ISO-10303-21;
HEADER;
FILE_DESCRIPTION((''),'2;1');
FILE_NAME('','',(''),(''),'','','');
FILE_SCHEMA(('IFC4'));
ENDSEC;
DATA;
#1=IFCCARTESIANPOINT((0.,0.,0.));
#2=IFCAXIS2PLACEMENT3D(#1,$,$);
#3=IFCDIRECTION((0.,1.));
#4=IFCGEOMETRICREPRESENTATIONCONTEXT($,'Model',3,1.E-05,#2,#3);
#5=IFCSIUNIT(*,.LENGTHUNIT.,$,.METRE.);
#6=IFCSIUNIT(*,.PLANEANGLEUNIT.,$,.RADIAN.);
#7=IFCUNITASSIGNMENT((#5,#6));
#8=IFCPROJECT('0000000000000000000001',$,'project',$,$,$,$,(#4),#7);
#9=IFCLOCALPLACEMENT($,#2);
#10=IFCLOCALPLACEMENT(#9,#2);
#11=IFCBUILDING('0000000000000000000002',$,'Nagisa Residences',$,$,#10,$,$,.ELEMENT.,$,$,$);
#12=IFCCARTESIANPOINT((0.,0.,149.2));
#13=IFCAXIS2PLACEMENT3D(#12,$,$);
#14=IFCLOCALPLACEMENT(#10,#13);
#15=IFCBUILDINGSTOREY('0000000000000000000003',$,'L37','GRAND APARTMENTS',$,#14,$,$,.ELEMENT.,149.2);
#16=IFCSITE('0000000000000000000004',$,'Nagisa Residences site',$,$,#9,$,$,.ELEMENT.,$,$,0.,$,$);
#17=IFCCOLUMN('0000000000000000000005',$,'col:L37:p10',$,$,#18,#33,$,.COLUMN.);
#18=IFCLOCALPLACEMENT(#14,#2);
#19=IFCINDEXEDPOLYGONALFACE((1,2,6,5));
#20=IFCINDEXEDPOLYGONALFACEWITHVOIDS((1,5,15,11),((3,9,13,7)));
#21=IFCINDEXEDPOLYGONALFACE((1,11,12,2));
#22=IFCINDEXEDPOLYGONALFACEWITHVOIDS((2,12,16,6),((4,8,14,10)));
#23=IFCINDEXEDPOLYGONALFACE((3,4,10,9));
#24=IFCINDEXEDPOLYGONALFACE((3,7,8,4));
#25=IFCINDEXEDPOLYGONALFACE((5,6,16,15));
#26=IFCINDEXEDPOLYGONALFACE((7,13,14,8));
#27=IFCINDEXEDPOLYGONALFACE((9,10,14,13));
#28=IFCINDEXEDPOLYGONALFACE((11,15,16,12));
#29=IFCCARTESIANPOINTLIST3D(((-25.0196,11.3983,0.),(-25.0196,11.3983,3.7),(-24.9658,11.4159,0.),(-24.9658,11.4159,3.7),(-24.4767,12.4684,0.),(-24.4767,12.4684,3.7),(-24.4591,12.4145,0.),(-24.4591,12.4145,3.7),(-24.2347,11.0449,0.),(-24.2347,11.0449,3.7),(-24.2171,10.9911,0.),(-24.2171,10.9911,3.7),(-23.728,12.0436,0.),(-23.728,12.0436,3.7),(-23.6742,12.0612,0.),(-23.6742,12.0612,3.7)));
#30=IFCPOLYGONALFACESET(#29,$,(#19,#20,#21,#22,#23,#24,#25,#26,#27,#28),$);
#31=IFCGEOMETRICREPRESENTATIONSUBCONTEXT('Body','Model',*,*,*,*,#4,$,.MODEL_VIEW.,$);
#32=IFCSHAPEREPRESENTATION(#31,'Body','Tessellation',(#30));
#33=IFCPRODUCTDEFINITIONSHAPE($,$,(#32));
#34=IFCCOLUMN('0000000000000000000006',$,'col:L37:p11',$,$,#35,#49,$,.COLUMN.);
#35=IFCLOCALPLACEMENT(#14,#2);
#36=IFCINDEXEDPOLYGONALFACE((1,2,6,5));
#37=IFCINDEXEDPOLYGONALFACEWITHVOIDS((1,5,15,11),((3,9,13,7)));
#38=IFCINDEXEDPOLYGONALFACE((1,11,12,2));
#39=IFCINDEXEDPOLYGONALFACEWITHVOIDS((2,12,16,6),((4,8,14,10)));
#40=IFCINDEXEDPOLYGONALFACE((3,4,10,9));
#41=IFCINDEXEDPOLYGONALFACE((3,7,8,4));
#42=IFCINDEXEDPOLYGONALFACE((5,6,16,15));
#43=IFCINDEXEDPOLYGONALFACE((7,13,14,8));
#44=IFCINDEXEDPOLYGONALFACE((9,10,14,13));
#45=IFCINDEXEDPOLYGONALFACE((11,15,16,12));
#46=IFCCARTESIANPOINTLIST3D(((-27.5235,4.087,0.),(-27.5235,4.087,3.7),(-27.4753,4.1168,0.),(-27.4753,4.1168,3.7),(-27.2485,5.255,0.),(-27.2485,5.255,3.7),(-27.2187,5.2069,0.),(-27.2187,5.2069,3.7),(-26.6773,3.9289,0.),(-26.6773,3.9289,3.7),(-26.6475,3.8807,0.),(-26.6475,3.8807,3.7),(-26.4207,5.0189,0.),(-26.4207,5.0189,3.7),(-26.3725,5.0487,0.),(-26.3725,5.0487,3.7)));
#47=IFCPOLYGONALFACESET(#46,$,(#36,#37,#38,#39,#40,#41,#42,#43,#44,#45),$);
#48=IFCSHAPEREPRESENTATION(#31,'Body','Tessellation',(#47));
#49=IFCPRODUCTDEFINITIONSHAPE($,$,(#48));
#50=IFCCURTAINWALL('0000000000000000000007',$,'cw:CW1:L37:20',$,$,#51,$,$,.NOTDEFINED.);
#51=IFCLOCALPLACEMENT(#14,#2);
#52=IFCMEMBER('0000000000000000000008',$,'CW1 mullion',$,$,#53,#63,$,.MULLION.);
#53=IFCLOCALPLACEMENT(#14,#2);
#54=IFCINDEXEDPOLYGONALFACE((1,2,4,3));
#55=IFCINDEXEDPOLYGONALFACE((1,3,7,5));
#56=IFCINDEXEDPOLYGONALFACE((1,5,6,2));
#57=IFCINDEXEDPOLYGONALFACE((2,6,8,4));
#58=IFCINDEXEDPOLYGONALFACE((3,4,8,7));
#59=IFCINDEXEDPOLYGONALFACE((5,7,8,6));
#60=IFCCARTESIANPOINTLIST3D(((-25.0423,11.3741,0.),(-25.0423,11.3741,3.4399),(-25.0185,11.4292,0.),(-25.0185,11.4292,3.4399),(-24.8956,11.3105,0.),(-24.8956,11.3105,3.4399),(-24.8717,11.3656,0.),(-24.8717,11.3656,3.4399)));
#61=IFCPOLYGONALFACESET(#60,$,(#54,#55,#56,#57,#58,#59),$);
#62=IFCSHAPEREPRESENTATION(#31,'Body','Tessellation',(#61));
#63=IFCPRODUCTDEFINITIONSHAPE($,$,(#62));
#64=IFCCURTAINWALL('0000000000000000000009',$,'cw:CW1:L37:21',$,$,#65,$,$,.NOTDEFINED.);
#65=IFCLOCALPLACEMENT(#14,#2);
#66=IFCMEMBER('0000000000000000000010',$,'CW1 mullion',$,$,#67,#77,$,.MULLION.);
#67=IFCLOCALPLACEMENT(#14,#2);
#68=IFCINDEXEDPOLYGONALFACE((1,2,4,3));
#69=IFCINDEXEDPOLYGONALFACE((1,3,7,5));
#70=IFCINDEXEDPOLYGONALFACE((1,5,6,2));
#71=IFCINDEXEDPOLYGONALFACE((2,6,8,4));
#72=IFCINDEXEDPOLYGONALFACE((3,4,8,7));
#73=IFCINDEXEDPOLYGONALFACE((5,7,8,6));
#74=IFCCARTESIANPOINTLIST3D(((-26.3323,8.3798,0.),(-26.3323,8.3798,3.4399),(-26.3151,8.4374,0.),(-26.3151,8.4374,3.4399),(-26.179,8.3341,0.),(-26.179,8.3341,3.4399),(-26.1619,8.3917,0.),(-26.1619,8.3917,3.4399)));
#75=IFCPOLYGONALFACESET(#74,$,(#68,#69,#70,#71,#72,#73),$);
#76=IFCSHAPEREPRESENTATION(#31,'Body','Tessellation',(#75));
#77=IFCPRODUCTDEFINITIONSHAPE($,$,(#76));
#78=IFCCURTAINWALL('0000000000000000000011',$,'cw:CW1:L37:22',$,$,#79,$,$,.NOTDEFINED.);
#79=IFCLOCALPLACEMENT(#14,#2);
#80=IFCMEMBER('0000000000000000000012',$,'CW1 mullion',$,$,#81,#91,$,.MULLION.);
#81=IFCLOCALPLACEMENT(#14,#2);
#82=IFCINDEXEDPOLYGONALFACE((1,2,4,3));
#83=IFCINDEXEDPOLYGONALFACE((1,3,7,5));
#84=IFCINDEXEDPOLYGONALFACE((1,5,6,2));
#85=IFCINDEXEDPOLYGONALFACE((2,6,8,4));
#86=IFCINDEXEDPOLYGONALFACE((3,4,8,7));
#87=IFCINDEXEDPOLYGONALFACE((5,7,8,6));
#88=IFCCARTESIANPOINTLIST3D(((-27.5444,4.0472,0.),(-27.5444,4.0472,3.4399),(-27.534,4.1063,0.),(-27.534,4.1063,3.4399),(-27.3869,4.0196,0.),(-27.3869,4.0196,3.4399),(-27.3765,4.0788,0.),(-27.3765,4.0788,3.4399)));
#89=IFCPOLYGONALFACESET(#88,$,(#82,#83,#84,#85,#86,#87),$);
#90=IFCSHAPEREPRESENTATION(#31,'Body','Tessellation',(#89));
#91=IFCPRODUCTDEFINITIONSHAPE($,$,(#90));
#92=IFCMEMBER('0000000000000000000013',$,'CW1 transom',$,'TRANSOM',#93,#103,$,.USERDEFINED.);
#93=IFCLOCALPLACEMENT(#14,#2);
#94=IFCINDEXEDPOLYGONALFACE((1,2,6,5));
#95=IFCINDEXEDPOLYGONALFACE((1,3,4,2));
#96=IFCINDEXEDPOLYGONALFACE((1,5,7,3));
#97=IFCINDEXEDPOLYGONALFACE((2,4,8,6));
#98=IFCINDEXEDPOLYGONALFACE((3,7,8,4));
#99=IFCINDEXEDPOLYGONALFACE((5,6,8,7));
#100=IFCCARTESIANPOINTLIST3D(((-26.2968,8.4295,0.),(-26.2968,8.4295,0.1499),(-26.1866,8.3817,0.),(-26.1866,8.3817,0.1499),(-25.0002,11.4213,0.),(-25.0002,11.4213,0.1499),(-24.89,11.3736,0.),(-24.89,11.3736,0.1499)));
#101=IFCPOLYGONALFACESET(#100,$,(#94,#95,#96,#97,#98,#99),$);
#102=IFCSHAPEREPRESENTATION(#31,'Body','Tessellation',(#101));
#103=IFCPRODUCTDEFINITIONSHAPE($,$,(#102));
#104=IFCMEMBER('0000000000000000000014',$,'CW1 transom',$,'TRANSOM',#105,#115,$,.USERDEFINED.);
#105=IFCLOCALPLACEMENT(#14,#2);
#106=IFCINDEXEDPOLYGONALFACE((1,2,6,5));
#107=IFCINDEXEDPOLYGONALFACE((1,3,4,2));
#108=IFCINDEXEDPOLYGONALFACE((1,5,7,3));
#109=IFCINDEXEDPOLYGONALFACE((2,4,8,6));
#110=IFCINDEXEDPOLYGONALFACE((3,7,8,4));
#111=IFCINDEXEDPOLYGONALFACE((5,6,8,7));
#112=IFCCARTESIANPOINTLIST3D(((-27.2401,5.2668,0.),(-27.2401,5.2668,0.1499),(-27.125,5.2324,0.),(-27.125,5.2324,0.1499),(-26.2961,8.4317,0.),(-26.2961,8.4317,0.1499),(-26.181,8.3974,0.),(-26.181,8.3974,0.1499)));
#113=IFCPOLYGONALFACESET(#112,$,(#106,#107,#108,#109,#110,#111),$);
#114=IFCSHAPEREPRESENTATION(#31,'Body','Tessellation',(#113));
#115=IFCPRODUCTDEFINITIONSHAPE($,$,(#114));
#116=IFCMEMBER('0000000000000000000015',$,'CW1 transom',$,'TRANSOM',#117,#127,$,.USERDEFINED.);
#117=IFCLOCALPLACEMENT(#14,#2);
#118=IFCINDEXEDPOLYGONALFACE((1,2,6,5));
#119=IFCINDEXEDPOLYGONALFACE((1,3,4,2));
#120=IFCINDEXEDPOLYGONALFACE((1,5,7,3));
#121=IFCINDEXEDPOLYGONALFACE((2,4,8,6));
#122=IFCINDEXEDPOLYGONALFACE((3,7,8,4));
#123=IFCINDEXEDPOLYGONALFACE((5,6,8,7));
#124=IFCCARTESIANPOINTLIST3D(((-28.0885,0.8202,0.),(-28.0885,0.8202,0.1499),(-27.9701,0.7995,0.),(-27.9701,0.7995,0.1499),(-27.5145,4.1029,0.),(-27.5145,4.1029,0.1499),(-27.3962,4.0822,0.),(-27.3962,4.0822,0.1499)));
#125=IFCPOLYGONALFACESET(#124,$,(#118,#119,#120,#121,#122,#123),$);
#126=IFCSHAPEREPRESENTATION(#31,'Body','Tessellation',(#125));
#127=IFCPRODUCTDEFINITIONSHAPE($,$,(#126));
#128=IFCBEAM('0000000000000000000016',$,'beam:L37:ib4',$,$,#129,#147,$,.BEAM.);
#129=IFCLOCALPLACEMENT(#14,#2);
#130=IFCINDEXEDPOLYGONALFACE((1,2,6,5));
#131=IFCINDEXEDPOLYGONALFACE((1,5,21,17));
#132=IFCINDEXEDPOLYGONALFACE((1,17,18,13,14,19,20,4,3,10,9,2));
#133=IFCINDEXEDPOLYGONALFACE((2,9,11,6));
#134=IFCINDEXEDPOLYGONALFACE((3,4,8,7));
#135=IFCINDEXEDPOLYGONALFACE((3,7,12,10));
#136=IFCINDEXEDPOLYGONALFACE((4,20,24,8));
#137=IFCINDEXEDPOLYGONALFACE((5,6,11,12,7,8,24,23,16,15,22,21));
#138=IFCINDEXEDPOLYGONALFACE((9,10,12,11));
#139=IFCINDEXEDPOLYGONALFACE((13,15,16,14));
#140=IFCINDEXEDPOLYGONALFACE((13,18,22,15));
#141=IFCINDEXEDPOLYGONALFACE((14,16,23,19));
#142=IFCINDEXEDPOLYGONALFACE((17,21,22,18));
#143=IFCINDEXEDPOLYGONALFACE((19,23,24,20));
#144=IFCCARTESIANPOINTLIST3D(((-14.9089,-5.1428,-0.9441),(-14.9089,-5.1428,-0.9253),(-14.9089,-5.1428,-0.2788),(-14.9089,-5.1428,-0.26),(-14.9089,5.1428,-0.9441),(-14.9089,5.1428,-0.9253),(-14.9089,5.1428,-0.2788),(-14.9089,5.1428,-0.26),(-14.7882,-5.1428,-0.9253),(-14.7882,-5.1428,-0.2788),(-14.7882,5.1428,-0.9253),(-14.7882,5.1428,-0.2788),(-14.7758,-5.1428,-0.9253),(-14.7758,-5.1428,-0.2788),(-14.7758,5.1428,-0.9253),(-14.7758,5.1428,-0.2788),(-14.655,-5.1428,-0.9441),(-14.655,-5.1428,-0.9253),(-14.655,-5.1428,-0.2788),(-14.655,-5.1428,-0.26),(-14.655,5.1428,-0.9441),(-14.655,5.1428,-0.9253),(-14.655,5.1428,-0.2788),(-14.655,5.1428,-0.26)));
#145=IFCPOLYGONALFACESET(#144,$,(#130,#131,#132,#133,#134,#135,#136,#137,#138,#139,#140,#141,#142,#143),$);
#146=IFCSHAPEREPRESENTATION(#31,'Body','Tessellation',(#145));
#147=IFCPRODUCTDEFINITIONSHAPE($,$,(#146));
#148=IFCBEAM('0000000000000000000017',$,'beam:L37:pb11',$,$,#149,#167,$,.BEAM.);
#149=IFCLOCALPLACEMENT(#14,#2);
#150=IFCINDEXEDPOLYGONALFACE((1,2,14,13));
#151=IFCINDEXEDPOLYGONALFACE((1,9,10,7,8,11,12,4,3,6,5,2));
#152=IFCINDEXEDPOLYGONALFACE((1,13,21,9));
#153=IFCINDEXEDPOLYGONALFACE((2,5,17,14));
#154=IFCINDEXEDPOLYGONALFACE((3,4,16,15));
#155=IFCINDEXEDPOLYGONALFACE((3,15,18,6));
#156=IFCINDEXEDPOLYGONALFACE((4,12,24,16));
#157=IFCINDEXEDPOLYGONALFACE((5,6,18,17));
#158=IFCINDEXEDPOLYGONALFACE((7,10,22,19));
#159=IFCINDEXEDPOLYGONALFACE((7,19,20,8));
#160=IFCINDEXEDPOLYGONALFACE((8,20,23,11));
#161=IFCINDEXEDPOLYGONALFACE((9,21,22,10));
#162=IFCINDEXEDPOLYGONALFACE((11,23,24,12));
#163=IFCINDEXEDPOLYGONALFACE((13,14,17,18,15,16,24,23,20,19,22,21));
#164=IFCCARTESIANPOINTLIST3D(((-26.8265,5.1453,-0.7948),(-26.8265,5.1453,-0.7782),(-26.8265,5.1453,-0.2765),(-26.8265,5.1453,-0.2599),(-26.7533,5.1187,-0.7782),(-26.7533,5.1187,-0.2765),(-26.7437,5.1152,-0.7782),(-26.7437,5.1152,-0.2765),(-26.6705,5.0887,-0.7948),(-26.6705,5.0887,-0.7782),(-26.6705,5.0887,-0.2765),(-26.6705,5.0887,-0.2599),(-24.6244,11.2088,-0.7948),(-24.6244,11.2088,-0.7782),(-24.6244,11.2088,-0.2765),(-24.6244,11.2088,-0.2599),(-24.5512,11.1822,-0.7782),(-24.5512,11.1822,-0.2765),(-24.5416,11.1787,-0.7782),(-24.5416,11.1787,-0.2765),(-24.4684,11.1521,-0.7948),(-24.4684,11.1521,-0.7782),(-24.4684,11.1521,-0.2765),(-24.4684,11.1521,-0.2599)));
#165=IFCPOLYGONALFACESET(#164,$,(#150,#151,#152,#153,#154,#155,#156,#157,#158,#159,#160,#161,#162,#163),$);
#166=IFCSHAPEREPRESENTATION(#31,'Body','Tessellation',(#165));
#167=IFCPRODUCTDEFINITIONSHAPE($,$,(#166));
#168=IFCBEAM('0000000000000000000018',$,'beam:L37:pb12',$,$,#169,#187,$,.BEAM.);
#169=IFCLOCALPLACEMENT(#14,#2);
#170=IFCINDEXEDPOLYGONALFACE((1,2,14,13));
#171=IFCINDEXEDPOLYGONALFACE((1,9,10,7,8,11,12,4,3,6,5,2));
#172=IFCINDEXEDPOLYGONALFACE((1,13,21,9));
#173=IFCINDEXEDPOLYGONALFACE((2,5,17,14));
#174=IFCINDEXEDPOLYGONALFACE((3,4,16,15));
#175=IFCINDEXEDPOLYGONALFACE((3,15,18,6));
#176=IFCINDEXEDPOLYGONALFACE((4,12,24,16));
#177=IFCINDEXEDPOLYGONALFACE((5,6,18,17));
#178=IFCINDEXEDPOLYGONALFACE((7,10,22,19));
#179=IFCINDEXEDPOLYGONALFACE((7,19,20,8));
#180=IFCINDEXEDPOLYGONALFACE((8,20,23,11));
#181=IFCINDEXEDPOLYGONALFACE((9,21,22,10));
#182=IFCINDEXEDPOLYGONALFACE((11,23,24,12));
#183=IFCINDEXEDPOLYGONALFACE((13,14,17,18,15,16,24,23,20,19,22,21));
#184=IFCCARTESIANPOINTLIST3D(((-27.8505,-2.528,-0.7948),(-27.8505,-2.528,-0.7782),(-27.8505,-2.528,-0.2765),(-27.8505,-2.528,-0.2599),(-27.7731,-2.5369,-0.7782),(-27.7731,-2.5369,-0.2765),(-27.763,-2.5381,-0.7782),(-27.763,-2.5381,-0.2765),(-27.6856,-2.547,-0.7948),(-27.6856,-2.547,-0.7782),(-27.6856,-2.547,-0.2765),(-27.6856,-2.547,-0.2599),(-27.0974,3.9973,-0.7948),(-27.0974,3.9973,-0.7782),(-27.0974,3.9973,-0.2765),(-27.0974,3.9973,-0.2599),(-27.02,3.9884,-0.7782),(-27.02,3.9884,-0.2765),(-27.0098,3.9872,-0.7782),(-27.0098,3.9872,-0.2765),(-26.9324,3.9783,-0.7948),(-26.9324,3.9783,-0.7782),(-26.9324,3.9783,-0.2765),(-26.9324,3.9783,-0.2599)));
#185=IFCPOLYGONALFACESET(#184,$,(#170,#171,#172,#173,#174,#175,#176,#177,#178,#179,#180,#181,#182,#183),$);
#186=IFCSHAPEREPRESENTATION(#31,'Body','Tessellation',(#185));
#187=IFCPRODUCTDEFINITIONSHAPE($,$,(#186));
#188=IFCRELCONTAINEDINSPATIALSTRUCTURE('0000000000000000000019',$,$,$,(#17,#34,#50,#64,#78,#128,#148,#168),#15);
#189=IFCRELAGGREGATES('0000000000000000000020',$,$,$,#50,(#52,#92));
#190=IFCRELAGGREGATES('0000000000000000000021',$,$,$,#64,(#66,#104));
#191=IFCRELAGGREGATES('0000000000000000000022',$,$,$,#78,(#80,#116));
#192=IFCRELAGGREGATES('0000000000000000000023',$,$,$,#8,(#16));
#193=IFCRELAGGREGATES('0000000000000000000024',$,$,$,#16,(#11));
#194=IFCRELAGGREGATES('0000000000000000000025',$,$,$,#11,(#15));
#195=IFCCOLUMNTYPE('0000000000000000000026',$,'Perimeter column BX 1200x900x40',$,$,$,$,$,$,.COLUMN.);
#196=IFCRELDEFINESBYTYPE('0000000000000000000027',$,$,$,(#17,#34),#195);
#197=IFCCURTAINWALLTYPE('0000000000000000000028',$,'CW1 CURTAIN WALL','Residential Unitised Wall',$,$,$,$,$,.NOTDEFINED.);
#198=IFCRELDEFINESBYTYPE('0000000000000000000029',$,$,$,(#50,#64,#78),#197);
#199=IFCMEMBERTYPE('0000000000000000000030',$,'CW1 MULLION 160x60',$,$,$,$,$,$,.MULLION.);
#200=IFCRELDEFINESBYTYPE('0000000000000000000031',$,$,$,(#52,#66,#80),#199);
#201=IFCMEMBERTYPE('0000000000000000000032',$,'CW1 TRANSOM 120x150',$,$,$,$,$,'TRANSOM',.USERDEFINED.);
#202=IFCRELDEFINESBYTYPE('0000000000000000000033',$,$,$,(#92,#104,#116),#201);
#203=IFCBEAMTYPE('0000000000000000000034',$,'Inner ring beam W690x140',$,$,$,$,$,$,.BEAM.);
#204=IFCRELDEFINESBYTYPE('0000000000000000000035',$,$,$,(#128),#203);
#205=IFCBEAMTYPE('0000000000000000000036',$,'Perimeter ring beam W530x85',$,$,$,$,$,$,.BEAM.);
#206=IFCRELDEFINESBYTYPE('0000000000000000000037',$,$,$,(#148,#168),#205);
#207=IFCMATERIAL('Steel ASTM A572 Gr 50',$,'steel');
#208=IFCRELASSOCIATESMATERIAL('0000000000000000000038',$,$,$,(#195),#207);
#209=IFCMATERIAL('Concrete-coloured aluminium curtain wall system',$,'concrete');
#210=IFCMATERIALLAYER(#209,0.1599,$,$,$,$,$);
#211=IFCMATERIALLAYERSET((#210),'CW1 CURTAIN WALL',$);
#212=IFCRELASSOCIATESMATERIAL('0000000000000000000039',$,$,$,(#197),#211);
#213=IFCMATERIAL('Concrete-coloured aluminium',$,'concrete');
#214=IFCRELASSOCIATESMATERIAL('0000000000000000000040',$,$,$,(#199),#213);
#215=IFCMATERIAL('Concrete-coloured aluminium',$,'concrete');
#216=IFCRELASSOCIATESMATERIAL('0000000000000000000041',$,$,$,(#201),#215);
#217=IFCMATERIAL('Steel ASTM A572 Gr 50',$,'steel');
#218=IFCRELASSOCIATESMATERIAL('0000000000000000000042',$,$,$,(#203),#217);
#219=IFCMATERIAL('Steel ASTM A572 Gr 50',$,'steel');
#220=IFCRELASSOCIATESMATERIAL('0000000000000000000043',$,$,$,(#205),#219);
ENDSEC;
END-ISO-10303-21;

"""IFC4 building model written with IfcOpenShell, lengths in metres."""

from ifc_helpers import new_model, si_unit, direction, frame, origin, origin_2d, place, context, subcontext, project, spatial, rectangle, hollow_rectangle, i_section, extrude, material, layer, layer_set, material_profile, profile_set, type_object, element, aggregate, save


model = new_model("IFC4")

# Units and contexts
model_context = context("Model", 3, precision=1e-05, world=origin(), true_north=direction((0.0, 1.0)))
body_context = subcontext(model_context, "Body", "Model", "MODEL_VIEW")
ifc_project = project(units=[si_unit("LENGTHUNIT", "METRE"), si_unit("PLANEANGLEUNIT", "RADIAN")], contexts=[model_context])

# Site, building, storey
site_placement = place(None, origin())
site = spatial("IfcSite", under=ifc_project, at=site_placement, Name="Nagisa Residences site", CompositionType="ELEMENT", RefElevation=0.0)
building_placement = place(site_placement, origin())
building = spatial("IfcBuilding", under=site, at=building_placement, Name="Nagisa Residences", CompositionType="ELEMENT")
storey_placement = place(building_placement, frame((0.0, 0.0, 149.2)))
storey = spatial("IfcBuildingStorey", under=building, at=storey_placement, Name="L37", Description="GRAND APARTMENTS", CompositionType="ELEMENT", Elevation=149.2)

# Columns
ifc_material_1 = material(Name="Steel ASTM A572 Gr 50", Category="steel")
ifc_material_profile_1 = material_profile(ifc_material_1, hollow_rectangle(XDim=1.2, YDim=0.8999, WallThickness=0.04, at=origin_2d()), Name="BX 1200x900x40")
ifc_profile_set_1 = profile_set([ifc_material_profile_1], Name="Steel ASTM A572 Gr 50")
column_type = type_object("IfcColumnType", Name="Perimeter column BX 1200x900x40", PredefinedType="COLUMN", material=ifc_profile_set_1)
for number, where, z_axis, x_axis, name in (
    (1, (-24.3469, 11.7297, 0.0), (0.0, 0.0, 1.0), (-0.452463, -0.891783, 0.0), "col:L37:p10"),
    (2, (-26.948, 4.5679, 0.0), (0.0, 0.0, 1.0), (-0.229202, -0.973379, 0.0), "col:L37:p11"),
):
    element("IfcColumn", number, at=place(storey_placement, frame(where, z_axis=z_axis, x_axis=x_axis)), inside=storey, type_object=column_type, Name=name, PredefinedType="COLUMN", context=body_context, shape_type="SweptSolid", body=[
        extrude(hollow_rectangle(XDim=1.2, YDim=0.8999, WallThickness=0.04, at=origin_2d()), origin(), (0.0, 0.0, 1.0), 3.7),
    ])

# Curtain walls, members
ifc_material_2 = material(Name="Concrete-coloured aluminium curtain wall system", Category="concrete")
ifc_layer_1 = layer(ifc_material_2, 0.1599)
ifc_layer_set_1 = layer_set([ifc_layer_1], Name="CW1 CURTAIN WALL")
curtain_wall_type = type_object("IfcCurtainWallType", Name="CW1 CURTAIN WALL", Description="Residential Unitised Wall", PredefinedType="NOTDEFINED", material=ifc_layer_set_1)
curtain_wall_1_placement = place(storey_placement, origin())
curtain_wall_1 = element("IfcCurtainWall", 3, at=curtain_wall_1_placement, inside=storey, type_object=curtain_wall_type, Name="cw:CW1:L37:20", PredefinedType="NOTDEFINED")
ifc_material_3 = material(Name="Concrete-coloured aluminium", Category="concrete")
ifc_material_profile_2 = material_profile(ifc_material_3, rectangle(XDim=0.1599, YDim=0.0601, at=origin_2d()), Name="CW1 MULLION 160x60")
ifc_profile_set_2 = profile_set([ifc_material_profile_2], Name="Concrete-coloured aluminium")
member_type_1 = type_object("IfcMemberType", Name="CW1 MULLION 160x60", PredefinedType="MULLION", material=ifc_profile_set_2)
member_1_placement = place(storey_placement, frame((-24.957, 11.3699, 0.0), z_axis=(0.0, 0.0, 1.0), x_axis=(0.917543, -0.397636, 0.0)))
member_1 = element("IfcMember", 4, at=member_1_placement, type_object=member_type_1, Name="CW1 mullion", PredefinedType="MULLION", context=body_context, shape_type="SweptSolid", body=[
    extrude(rectangle(XDim=0.1599, YDim=0.0601, at=origin_2d()), origin(), (0.0, 0.0, 1.0), 3.4399),
])
curtain_wall_2_placement = place(storey_placement, origin())
curtain_wall_2 = element("IfcCurtainWall", 5, at=curtain_wall_2_placement, inside=storey, type_object=curtain_wall_type, Name="cw:CW1:L37:21", PredefinedType="NOTDEFINED")
member_2_placement = place(storey_placement, frame((-26.2471, 8.3857, 0.0), z_axis=(0.0, 0.0, 1.0), x_axis=(0.958271, -0.28586, 0.0)))
member_2 = element("IfcMember", 6, at=member_2_placement, type_object=member_type_1, Name="CW1 mullion", PredefinedType="MULLION", context=body_context, shape_type="SweptSolid", body=[
    extrude(rectangle(XDim=0.1599, YDim=0.0601, at=origin_2d()), origin(), (0.0, 0.0, 1.0), 3.4399),
])
curtain_wall_3_placement = place(storey_placement, origin())
curtain_wall_3 = element("IfcCurtainWall", 7, at=curtain_wall_3_placement, inside=storey, type_object=curtain_wall_type, Name="cw:CW1:L37:22", PredefinedType="NOTDEFINED")
member_3_placement = place(storey_placement, frame((-27.4604, 4.063, 0.0), z_axis=(0.0, 0.0, 1.0), x_axis=(0.985064, -0.172191, 0.0)))
member_3 = element("IfcMember", 8, at=member_3_placement, type_object=member_type_1, Name="CW1 mullion", PredefinedType="MULLION", context=body_context, shape_type="SweptSolid", body=[
    extrude(rectangle(XDim=0.1599, YDim=0.0601, at=origin_2d()), origin(), (0.0, 0.0, 1.0), 3.4399),
])

# Members
ifc_material_4 = material(Name="Concrete-coloured aluminium", Category="concrete")
ifc_material_profile_3 = material_profile(ifc_material_4, rectangle(XDim=0.1201, YDim=0.1499, at=origin_2d()), Name="CW1 TRANSOM 120x150")
ifc_profile_set_3 = profile_set([ifc_material_profile_3], Name="Concrete-coloured aluminium")
member_type_2 = type_object("IfcMemberType", Name="CW1 TRANSOM 120x150", ElementType="TRANSOM", PredefinedType="USERDEFINED", material=ifc_profile_set_3)
member_4_placement = place(storey_placement, frame((-24.9451, 11.3975, 0.075), z_axis=(-0.397639, -0.917542, 0.0), x_axis=(0.917542, -0.397639, 0.0)))
member_4 = element("IfcMember", 9, at=member_4_placement, type_object=member_type_2, Name="CW1 transom", ObjectType="TRANSOM", PredefinedType="USERDEFINED", context=body_context, shape_type="SweptSolid", body=[
    extrude(rectangle(XDim=0.1201, YDim=0.1499, at=origin_2d()), origin(), (0.0, 0.0, 1.0), 3.2607),
])
member_5_placement = place(storey_placement, frame((-26.2385, 8.4146, 0.075), z_axis=(-0.285842, -0.958277, 0.0), x_axis=(0.958277, -0.285842, 0.0)))
member_5 = element("IfcMember", 10, at=member_5_placement, type_object=member_type_2, Name="CW1 transom", ObjectType="TRANSOM", PredefinedType="USERDEFINED", context=body_context, shape_type="SweptSolid", body=[
    extrude(rectangle(XDim=0.1201, YDim=0.1499, at=origin_2d()), origin(), (0.0, 0.0, 1.0), 3.3027),
])
member_6_placement = place(storey_placement, frame((-27.4553, 4.0925, 0.075), z_axis=(-0.172235, -0.985056, 0.0), x_axis=(0.985056, -0.172235, 0.0)))
member_6 = element("IfcMember", 11, at=member_6_placement, type_object=member_type_2, Name="CW1 transom", ObjectType="TRANSOM", PredefinedType="USERDEFINED", context=body_context, shape_type="SweptSolid", body=[
    extrude(rectangle(XDim=0.1201, YDim=0.1499, at=origin_2d()), origin(), (0.0, 0.0, 1.0), 3.3325),
])

# Beams
ifc_material_5 = material(Name="Steel ASTM A572 Gr 50", Category="steel")
ifc_material_profile_4 = material_profile(ifc_material_5, i_section(OverallWidth=0.2539, OverallDepth=0.6841, WebThickness=0.0125, FlangeThickness=0.0188, at=origin_2d()), Name="W690x140")
ifc_profile_set_4 = profile_set([ifc_material_profile_4], Name="Steel ASTM A572 Gr 50")
beam_type_1 = type_object("IfcBeamType", Name="Inner ring beam W690x140", PredefinedType="BEAM", material=ifc_profile_set_4)
beam_1_placement = place(storey_placement, frame((-14.782, 5.1428, -0.6021), z_axis=(0.0, -1.0, 0.0), x_axis=(1.0, 0.0, 0.0)))
element("IfcBeam", 12, at=beam_1_placement, inside=storey, type_object=beam_type_1, Name="beam:L37:ib4", PredefinedType="BEAM", context=body_context, shape_type="SweptSolid", body=[
    extrude(i_section(OverallWidth=0.2539, OverallDepth=0.6841, WebThickness=0.0125, FlangeThickness=0.0188, at=origin_2d()), origin(), (0.0, 0.0, 1.0), 10.2856),
])
ifc_material_6 = material(Name="Steel ASTM A572 Gr 50", Category="steel")
ifc_material_profile_5 = material_profile(ifc_material_6, i_section(OverallWidth=0.166, OverallDepth=0.5349, WebThickness=0.0103, FlangeThickness=0.0166, at=origin_2d()), Name="W530x85")
ifc_profile_set_5 = profile_set([ifc_material_profile_5], Name="Steel ASTM A572 Gr 50")
beam_type_2 = type_object("IfcBeamType", Name="Perimeter ring beam W530x85", PredefinedType="BEAM", material=ifc_profile_set_5)
beam_2_placement = place(storey_placement, frame((-24.5464, 11.1804, -0.5273), z_axis=(-0.341366, -0.93993, 0.0), x_axis=(0.93993, -0.341366, 0.0)))
element("IfcBeam", 13, at=beam_2_placement, inside=storey, type_object=beam_type_2, Name="beam:L37:pb11", PredefinedType="BEAM", context=body_context, shape_type="SweptSolid", body=[
    extrude(i_section(OverallWidth=0.166, OverallDepth=0.5349, WebThickness=0.0103, FlangeThickness=0.0166, at=origin_2d()), origin(), (0.0, 0.0, 1.0), 6.4509),
])
beam_3_placement = place(storey_placement, frame((-27.0149, 3.9878, -0.5273), z_axis=(-0.114661, -0.993405, 0.0), x_axis=(0.993405, -0.114661, 0.0)))
element("IfcBeam", 14, at=beam_3_placement, inside=storey, type_object=beam_type_2, Name="beam:L37:pb12", PredefinedType="BEAM", context=body_context, shape_type="SweptSolid", body=[
    extrude(i_section(OverallWidth=0.166, OverallDepth=0.5349, WebThickness=0.0103, FlangeThickness=0.0166, at=origin_2d()), origin(), (0.0, 0.0, 1.0), 6.5686),
])

aggregate(curtain_wall_1, [member_1, member_4])
aggregate(curtain_wall_2, [member_2, member_5])
aggregate(curtain_wall_3, [member_3, member_6])

save(model, "model.ifc")
